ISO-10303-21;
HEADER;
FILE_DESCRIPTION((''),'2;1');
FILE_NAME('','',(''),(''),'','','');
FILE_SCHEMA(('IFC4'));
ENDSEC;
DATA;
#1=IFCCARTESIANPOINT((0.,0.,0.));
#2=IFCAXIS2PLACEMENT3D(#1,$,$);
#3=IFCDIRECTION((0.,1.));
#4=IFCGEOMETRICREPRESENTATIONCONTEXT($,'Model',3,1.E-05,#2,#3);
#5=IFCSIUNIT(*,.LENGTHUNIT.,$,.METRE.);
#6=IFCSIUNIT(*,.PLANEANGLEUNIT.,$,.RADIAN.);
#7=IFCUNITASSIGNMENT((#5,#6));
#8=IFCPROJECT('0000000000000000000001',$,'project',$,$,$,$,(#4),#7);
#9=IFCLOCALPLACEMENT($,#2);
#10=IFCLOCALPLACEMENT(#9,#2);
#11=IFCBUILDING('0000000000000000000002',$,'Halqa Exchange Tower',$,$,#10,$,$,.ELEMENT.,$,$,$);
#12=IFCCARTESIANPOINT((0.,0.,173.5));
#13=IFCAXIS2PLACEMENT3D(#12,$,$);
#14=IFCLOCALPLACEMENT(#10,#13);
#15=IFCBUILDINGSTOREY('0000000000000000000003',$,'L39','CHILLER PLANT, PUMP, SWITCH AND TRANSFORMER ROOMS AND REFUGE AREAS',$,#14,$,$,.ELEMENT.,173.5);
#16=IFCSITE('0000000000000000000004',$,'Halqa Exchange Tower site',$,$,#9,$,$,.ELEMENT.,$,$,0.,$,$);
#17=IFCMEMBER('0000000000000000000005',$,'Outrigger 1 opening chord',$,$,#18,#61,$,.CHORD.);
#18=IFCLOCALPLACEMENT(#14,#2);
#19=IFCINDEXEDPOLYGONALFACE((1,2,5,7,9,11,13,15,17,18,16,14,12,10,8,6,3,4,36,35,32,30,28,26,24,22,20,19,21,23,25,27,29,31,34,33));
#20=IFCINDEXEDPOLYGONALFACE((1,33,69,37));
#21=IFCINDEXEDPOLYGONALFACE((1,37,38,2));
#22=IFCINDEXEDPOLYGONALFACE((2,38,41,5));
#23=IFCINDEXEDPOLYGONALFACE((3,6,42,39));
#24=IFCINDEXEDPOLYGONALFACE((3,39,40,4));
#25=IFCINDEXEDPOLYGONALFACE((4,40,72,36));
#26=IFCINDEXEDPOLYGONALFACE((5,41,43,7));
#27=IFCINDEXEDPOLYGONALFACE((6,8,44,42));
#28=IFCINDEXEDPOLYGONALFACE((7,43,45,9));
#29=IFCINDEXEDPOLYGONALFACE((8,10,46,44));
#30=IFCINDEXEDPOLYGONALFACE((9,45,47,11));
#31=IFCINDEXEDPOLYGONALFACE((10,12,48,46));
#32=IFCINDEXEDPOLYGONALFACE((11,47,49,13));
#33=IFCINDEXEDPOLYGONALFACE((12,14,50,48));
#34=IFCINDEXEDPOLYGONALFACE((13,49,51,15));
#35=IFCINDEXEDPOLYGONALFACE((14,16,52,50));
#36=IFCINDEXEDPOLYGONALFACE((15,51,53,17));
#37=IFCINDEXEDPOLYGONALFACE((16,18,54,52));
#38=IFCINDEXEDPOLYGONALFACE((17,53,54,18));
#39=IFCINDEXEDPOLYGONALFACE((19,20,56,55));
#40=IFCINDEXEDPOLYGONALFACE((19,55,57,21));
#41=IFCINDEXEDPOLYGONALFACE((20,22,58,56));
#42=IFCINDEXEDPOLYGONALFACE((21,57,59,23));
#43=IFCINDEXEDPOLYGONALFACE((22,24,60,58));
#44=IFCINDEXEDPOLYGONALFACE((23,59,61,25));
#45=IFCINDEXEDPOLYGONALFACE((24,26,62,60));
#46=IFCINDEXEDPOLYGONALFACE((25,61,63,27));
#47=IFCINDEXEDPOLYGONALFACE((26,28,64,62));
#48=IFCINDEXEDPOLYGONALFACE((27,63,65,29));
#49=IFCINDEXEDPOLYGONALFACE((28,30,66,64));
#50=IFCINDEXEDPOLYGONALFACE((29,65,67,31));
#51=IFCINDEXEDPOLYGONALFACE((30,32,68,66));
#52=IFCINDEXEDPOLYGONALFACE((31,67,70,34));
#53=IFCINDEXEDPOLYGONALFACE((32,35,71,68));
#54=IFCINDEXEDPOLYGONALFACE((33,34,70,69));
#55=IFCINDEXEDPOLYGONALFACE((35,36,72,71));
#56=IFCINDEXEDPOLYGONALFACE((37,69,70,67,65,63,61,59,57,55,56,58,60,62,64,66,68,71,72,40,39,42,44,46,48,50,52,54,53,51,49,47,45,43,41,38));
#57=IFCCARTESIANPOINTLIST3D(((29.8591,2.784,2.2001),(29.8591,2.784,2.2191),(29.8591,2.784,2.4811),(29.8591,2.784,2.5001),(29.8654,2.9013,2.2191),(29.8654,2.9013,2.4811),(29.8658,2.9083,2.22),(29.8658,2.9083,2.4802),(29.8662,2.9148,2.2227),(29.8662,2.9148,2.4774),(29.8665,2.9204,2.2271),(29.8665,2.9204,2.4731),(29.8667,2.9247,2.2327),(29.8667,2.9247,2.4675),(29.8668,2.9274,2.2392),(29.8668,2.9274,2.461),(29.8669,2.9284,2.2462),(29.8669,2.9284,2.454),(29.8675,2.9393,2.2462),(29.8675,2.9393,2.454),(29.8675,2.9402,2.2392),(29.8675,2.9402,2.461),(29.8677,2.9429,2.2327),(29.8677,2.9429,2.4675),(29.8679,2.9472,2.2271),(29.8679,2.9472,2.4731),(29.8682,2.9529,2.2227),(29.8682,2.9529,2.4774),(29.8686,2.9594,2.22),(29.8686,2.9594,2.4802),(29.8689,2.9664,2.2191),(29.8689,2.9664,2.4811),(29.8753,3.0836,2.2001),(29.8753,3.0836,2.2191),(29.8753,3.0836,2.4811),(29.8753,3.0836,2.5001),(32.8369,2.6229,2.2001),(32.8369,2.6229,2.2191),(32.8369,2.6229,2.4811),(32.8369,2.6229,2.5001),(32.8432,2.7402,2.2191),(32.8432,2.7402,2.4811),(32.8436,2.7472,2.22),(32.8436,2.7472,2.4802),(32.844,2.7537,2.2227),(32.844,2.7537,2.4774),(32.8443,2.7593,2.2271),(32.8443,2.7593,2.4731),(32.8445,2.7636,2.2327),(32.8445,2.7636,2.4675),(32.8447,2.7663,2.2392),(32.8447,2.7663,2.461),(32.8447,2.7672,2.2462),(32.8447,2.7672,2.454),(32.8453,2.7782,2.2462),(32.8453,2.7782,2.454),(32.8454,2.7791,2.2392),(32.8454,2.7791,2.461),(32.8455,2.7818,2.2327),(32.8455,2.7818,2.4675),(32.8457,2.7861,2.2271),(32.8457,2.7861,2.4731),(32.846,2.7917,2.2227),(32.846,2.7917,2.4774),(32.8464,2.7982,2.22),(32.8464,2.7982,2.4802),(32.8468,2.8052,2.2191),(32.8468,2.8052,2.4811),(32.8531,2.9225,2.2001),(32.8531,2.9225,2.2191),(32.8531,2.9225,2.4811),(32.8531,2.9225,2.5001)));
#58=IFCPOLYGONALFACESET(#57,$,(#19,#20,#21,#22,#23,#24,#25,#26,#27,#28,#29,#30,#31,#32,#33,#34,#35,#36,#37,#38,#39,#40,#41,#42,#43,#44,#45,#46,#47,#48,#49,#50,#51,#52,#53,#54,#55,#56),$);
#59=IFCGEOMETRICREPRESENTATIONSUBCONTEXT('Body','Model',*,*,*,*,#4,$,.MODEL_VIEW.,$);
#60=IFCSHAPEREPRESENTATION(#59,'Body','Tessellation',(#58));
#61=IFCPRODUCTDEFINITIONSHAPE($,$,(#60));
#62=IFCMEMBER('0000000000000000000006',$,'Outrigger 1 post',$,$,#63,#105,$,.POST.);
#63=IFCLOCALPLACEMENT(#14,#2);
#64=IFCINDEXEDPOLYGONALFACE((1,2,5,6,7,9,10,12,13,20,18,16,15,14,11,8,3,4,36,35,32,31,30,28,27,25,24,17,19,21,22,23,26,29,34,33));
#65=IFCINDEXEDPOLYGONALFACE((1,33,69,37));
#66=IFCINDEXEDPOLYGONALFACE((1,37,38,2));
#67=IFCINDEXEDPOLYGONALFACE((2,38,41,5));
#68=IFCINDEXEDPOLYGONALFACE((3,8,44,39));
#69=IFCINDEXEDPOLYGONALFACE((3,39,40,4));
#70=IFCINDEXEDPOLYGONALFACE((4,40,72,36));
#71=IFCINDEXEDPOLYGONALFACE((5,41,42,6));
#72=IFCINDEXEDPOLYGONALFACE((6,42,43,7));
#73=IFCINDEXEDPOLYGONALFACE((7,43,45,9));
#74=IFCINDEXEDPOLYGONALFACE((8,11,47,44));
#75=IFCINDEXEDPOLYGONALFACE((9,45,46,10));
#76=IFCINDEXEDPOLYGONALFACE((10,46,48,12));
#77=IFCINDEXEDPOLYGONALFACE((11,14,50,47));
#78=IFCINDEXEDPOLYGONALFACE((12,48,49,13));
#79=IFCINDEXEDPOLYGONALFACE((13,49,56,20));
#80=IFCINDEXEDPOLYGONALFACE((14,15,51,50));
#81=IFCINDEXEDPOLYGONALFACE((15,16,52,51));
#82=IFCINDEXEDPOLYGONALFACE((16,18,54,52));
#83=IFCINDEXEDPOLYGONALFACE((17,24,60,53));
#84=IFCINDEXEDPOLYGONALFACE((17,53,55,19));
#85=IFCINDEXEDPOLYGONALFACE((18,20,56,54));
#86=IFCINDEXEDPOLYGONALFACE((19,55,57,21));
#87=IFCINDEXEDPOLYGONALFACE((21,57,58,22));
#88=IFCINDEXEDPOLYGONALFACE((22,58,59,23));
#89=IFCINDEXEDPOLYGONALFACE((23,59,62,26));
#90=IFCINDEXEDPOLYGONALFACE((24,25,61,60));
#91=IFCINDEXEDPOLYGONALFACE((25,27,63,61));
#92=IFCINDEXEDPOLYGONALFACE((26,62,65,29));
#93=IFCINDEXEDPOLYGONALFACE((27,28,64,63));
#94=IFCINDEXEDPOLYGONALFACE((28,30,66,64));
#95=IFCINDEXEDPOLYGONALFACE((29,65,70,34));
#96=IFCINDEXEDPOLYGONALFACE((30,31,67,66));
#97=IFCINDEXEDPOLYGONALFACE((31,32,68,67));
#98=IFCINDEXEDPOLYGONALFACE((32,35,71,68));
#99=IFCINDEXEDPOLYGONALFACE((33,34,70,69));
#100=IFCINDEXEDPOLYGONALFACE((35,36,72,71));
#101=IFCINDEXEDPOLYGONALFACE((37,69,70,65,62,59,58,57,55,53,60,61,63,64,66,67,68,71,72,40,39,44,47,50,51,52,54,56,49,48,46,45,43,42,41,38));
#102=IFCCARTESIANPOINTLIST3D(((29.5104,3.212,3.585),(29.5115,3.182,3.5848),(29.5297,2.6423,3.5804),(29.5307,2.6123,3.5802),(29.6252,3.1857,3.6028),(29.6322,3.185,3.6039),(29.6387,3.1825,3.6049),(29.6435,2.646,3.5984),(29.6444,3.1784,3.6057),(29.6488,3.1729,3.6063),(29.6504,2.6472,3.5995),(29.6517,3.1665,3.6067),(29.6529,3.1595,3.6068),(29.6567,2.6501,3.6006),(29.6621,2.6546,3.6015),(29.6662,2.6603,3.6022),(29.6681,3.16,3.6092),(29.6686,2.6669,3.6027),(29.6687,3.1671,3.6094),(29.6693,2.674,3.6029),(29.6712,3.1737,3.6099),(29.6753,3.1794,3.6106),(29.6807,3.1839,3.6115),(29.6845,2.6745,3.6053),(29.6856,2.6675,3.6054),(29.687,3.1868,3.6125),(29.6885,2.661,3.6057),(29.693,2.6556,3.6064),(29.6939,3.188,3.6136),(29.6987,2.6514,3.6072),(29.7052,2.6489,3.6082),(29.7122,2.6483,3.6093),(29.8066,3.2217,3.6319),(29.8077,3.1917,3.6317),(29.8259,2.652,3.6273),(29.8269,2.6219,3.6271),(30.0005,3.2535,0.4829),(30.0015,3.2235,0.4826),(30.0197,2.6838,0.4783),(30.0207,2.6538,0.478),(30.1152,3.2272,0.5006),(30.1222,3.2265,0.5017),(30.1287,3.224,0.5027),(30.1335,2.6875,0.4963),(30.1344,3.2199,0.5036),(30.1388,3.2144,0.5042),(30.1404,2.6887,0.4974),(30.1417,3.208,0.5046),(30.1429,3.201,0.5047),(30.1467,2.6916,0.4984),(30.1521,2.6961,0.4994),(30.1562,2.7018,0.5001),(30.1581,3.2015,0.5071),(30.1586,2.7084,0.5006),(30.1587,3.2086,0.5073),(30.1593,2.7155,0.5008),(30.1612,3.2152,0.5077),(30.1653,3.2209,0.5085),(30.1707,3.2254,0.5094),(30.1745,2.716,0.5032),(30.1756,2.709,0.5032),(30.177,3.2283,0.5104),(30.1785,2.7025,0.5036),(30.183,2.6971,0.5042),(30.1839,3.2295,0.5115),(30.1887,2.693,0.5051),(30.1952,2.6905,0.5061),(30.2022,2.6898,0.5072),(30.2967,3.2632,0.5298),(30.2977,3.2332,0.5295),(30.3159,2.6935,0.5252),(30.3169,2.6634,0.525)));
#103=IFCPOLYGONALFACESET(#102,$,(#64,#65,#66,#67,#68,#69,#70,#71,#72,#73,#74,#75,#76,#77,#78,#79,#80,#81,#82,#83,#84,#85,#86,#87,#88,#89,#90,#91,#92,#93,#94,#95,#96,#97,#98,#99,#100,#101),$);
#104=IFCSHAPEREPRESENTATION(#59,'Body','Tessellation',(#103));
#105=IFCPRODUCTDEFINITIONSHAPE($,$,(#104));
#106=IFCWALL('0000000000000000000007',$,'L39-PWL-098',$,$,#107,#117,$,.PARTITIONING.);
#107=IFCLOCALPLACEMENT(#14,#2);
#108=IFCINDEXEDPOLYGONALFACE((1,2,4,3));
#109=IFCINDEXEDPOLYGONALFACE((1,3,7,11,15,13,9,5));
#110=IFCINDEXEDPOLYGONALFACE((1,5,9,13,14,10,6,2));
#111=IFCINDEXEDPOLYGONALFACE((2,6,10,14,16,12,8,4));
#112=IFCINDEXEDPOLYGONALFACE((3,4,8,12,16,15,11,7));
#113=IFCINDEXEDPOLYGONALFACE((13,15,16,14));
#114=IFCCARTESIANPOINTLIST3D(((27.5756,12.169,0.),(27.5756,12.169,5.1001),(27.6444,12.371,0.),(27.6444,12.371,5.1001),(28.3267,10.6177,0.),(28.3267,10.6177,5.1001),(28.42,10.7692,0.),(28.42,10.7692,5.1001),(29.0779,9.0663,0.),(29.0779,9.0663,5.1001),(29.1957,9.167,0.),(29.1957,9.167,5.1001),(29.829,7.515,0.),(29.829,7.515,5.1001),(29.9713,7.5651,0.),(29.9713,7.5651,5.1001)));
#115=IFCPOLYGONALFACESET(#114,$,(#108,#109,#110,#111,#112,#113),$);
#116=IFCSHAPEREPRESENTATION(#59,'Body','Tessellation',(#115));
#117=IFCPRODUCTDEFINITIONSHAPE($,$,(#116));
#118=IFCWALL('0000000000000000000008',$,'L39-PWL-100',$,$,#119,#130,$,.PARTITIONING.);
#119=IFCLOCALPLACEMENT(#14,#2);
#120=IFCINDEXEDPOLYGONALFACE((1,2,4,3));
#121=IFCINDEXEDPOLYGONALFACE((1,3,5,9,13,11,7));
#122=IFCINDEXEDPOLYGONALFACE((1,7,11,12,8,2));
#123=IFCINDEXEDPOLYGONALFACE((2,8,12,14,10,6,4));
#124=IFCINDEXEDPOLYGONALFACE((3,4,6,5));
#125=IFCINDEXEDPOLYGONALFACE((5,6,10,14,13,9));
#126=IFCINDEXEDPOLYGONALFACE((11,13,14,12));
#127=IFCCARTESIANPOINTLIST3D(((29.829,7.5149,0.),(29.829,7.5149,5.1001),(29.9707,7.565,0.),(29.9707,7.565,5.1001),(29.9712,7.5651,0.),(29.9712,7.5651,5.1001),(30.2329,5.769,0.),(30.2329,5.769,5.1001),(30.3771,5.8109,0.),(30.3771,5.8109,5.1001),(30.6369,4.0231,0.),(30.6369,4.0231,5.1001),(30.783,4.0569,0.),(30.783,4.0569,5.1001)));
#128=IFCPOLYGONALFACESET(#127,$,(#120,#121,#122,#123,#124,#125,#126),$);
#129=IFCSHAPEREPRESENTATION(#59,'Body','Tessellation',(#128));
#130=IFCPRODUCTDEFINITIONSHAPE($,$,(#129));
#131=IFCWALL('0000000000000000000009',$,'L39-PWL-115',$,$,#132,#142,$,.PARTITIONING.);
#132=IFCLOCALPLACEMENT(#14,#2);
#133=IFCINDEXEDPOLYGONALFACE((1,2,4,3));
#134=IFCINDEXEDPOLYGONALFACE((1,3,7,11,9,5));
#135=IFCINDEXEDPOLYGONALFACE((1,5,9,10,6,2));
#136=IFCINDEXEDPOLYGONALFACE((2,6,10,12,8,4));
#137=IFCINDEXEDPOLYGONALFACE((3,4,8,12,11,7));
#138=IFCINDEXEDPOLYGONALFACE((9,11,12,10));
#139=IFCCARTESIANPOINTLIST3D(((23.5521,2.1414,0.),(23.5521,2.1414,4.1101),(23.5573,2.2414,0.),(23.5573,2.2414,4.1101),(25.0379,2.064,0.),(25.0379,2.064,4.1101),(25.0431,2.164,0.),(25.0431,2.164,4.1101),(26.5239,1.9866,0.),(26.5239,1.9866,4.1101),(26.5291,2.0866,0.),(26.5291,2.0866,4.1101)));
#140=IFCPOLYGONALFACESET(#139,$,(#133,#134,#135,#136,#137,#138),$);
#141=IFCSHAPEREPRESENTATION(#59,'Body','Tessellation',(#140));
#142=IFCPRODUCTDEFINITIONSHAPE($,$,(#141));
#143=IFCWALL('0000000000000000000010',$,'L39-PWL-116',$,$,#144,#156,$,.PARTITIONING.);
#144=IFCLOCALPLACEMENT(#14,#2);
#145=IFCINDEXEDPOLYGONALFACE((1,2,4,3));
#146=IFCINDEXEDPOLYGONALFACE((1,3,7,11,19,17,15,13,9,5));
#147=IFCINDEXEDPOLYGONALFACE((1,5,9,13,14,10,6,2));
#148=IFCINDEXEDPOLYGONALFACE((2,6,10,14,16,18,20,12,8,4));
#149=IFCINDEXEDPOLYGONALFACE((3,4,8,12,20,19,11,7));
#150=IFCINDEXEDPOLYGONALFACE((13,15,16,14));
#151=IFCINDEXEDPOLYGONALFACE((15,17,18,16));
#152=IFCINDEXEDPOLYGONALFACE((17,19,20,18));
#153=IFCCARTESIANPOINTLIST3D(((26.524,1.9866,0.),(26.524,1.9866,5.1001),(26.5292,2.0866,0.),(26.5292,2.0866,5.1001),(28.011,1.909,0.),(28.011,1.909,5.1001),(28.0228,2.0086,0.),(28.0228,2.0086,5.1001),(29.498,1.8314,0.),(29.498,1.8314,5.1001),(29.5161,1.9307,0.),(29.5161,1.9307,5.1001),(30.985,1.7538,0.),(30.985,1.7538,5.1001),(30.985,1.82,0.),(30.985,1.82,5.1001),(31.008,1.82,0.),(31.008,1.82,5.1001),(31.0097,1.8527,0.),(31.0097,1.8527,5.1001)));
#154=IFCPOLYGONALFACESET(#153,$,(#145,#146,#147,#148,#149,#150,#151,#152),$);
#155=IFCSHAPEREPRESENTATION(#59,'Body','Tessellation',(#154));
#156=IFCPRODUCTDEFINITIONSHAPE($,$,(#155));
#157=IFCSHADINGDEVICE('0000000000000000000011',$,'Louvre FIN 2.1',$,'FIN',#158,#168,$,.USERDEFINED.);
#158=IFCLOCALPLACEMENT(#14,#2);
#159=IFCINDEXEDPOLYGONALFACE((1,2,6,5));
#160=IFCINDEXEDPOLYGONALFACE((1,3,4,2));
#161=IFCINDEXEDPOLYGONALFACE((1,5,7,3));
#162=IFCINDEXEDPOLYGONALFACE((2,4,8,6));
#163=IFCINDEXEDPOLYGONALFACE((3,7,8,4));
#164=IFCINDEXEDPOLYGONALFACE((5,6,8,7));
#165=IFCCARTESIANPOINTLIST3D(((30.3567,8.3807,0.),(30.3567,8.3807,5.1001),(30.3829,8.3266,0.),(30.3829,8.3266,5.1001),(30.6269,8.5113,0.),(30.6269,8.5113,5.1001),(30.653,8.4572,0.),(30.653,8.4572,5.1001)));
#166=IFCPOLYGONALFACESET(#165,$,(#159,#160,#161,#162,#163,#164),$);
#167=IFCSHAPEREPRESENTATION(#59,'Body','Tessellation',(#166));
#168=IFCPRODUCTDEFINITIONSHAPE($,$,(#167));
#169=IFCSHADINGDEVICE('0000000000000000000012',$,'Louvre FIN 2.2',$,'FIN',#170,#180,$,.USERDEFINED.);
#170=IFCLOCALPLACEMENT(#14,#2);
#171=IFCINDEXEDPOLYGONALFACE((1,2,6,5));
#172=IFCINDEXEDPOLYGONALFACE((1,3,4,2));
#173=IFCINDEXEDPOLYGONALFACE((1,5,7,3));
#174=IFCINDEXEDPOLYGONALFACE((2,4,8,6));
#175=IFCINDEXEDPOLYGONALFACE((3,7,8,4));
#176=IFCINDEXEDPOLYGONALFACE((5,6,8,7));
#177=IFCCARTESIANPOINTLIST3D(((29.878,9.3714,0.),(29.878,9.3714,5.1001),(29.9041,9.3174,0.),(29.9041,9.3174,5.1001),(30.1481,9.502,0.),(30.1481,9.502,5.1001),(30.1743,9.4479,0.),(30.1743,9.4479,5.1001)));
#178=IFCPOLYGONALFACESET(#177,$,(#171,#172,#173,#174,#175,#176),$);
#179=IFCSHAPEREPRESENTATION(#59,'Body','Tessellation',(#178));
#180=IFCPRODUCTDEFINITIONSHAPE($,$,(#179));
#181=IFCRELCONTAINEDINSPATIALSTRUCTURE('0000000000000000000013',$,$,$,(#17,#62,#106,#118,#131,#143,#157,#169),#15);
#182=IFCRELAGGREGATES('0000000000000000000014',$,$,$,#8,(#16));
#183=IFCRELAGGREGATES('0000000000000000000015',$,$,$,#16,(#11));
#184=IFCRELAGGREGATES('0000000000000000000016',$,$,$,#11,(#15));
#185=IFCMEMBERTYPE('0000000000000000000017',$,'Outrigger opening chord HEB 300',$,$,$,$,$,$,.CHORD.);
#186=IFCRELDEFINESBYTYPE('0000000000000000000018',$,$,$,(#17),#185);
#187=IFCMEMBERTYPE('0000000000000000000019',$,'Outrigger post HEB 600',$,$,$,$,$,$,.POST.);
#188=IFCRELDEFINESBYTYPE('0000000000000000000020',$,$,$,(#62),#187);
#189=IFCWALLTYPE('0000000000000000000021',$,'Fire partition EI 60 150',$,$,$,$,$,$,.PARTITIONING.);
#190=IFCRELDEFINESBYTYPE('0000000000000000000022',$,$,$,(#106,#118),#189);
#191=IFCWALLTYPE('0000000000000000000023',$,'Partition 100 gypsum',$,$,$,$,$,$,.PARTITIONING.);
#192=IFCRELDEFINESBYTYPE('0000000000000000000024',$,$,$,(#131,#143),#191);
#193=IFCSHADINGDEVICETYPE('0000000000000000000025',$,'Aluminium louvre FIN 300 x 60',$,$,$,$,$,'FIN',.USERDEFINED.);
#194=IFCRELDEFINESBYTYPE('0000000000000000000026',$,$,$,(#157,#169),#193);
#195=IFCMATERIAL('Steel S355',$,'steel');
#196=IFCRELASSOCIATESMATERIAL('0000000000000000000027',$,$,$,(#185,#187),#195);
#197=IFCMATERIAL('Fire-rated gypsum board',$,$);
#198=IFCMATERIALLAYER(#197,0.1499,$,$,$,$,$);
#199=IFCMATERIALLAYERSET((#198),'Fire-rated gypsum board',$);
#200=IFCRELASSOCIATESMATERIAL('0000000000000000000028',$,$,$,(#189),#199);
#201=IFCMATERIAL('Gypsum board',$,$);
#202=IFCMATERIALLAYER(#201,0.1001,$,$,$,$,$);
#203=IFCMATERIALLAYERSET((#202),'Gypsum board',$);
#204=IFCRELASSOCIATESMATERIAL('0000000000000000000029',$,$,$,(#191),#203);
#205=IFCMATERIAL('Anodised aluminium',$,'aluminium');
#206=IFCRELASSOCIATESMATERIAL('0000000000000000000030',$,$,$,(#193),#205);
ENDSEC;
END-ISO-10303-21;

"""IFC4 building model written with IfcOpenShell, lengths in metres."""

from ifc_helpers import new_model, si_unit, direction, frame, origin, origin_2d, place, context, subcontext, project, spatial, polyline, rectangle, i_section, outline, extrude, material, layer, layer_set, material_profile, profile_set, type_object, element, save


model = new_model("IFC4")

# Units and contexts
model_context = context("Model", 3, precision=1e-05, world=origin(), true_north=direction((0.0, 1.0)))
body_context = subcontext(model_context, "Body", "Model", "MODEL_VIEW")
ifc_project = project(units=[si_unit("LENGTHUNIT", "METRE"), si_unit("PLANEANGLEUNIT", "RADIAN")], contexts=[model_context])

# Site, building, storey
site_placement = place(None, origin())
site = spatial("IfcSite", under=ifc_project, at=site_placement, Name="Halqa Exchange Tower site", CompositionType="ELEMENT", RefElevation=0.0)
building_placement = place(site_placement, origin())
building = spatial("IfcBuilding", under=site, at=building_placement, Name="Halqa Exchange Tower", CompositionType="ELEMENT")
storey_placement = place(building_placement, frame((0.0, 0.0, 173.5)))
storey = spatial("IfcBuildingStorey", under=building, at=storey_placement, Name="L39", Description="CHILLER PLANT, PUMP, SWITCH AND TRANSFORMER ROOMS AND REFUGE AREAS", CompositionType="ELEMENT", Elevation=173.5)

# Members
ifc_material_1 = material(Name="Steel S355", Category="steel")
ifc_material_profile_1 = material_profile(ifc_material_1, i_section(OverallWidth=0.3, OverallDepth=0.3, WebThickness=0.011, FlangeThickness=0.019, FilletRadius=0.0271, at=origin_2d()), Name="HEB 300")
ifc_profile_set_1 = profile_set([ifc_material_profile_1], Name="Steel S355")
member_type_1 = type_object("IfcMemberType", Name="Outrigger opening chord HEB 300", PredefinedType="CHORD", material=ifc_profile_set_1)
member_1_placement = place(storey_placement, frame((29.8672, 2.9338, 2.3501), z_axis=(0.998539, -0.054033, 0.0), x_axis=(0.054033, 0.998539, 0.0)))
element("IfcMember", 1, at=member_1_placement, inside=storey, type_object=member_type_1, Name="Outrigger 1 opening chord", PredefinedType="CHORD", context=body_context, shape_type="SweptSolid", body=[
    extrude(i_section(OverallWidth=0.3, OverallDepth=0.3, WebThickness=0.011, FlangeThickness=0.019, FilletRadius=0.0271, at=origin_2d()), origin(), (0.0, 0.0, 1.0), 2.9822),
])
ifc_material_profile_2 = material_profile(ifc_material_1, i_section(OverallWidth=0.3, OverallDepth=0.6001, WebThickness=0.0154, FlangeThickness=0.03, FilletRadius=0.0271, at=origin_2d()), Name="HEB 600")
ifc_profile_set_2 = profile_set([ifc_material_profile_2], Name="Steel S355")
member_type_2 = type_object("IfcMemberType", Name="Outrigger post HEB 600", PredefinedType="POST", material=ifc_profile_set_2)
member_2_placement = place(storey_placement, frame((30.1587, 2.9585, 0.5039), z_axis=(-0.156009, -0.013214, 0.987667), x_axis=(0.987177, 0.032126, 0.156361)))
element("IfcMember", 2, at=member_2_placement, inside=storey, type_object=member_type_2, Name="Outrigger 1 post", PredefinedType="POST", context=body_context, shape_type="SweptSolid", body=[
    extrude(i_section(OverallWidth=0.3, OverallDepth=0.6001, WebThickness=0.0154, FlangeThickness=0.03, FilletRadius=0.0271, at=origin_2d()), origin(), (0.0, 0.0, 1.0), 3.1409),
])

# Shared definitions
ifc_material_2 = material(Name="Fire-rated gypsum board")
ifc_layer_1 = layer(ifc_material_2, 0.1499)
ifc_layer_set_1 = layer_set([ifc_layer_1], Name="Fire-rated gypsum board")
wall_type_1 = type_object("IfcWallType", Name="Fire partition EI 60 150", PredefinedType="PARTITIONING", material=ifc_layer_set_1)

# Walls
wall_1_placement = place(storey_placement, frame((29.9038, 7.5325, 0.0), z_axis=(0.0, 0.0, 1.0), x_axis=(-0.435783, 0.900052, 0.0)))
element("IfcWall", 3, at=wall_1_placement, inside=storey, type_object=wall_type_1, Name="L39-PWL-098", PredefinedType="PARTITIONING", context=body_context, shape_type="SweptSolid", body=[
    extrude(outline(polyline([(5.3396, -0.075), (5.3396, -0.075), (5.1877, 0.075), (3.4641, 0.075), (1.7405, 0.075), (0.0168, 0.075), (0.0, -0.075), (1.7798, -0.075), (3.5598, -0.075), (5.3396, -0.075)])), origin(), (0.0, 0.0, 1.0), 5.1001),
])
wall_2_placement = place(storey_placement, frame((30.71, 4.04, 0.0), z_axis=(0.0, 0.0, 1.0), x_axis=(-0.225444, 0.974256, 0.0)))
element("IfcWall", 4, at=wall_2_placement, inside=storey, type_object=wall_type_1, Name="L39-PWL-100", PredefinedType="PARTITIONING", context=body_context, shape_type="SweptSolid", body=[
    extrude(outline(polyline([(3.6008, -0.075), (3.6008, -0.0745), (3.584, 0.075), (1.792, 0.075), (0.0, 0.075), (0.0, -0.075), (1.8003, -0.075), (3.6008, -0.075)])), origin(), (0.0, 0.0, 1.0), 5.1001),
])
ifc_material_3 = material(Name="Gypsum board")
ifc_layer_2 = layer(ifc_material_3, 0.1001)
ifc_layer_set_2 = layer_set([ifc_layer_2], Name="Gypsum board")
wall_type_2 = type_object("IfcWallType", Name="Partition 100 gypsum", PredefinedType="PARTITIONING", material=ifc_layer_set_2)
wall_3_placement = place(storey_placement, frame((23.5547, 2.1914, 0.0), z_axis=(0.0, 0.0, 1.0), x_axis=(0.998646, -0.052012, 0.0)))
element("IfcWall", 5, at=wall_3_placement, inside=storey, type_object=wall_type_2, Name="L39-PWL-115", PredefinedType="PARTITIONING", context=body_context, shape_type="SweptSolid", body=[
    extrude(outline(polyline([(0.0, 0.05), (0.0, -0.05), (1.4878, -0.05), (2.9758, -0.05), (2.9758, 0.05), (1.4878, 0.05), (0.0, 0.05)])), origin(), (0.0, 0.0, 1.0), 4.1101),
])
wall_4_placement = place(storey_placement, frame((26.5266, 2.0366, 0.0), z_axis=(0.0, 0.0, 1.0), x_axis=(0.99864, -0.05213, 0.0)))
element("IfcWall", 6, at=wall_4_placement, inside=storey, type_object=wall_type_2, Name="L39-PWL-116", PredefinedType="PARTITIONING", context=body_context, shape_type="SweptSolid", body=[
    extrude(outline(polyline([(0.0, -0.05), (1.489, -0.05), (2.978, -0.05), (4.467, -0.05), (4.4636, 0.0161), (4.4866, 0.0173), (4.4866, 0.05), (2.991, 0.05), (1.4956, 0.05), (0.0, 0.05), (0.0, -0.05)])), origin(), (0.0, 0.0, 1.0), 5.1001),
])

# Shading devices
ifc_material_4 = material(Name="Anodised aluminium", Category="aluminium")
ifc_material_profile_3 = material_profile(ifc_material_4, rectangle(XDim=0.3, YDim=0.0601, at=origin_2d()), Name="AL FIN 300x60")
ifc_profile_set_3 = profile_set([ifc_material_profile_3], Name="Anodised aluminium")
shading_device_type = type_object("IfcShadingDeviceType", Name="Aluminium louvre FIN 300 x 60", ElementType="FIN", PredefinedType="USERDEFINED", material=ifc_profile_set_3)
for number, where, z_axis, x_axis, name in (
    (7, (30.5049, 8.4189, 0.0), (0.0, 0.0, 1.0), (-0.900378, -0.435109, 0.0), "Louvre FIN 2.1"),
    (8, (30.0261, 9.4097, 0.0), (0.0, 0.0, 1.0), (-0.900378, -0.435109, 0.0), "Louvre FIN 2.2"),
):
    element("IfcShadingDevice", number, at=place(storey_placement, frame(where, z_axis=z_axis, x_axis=x_axis)), inside=storey, type_object=shading_device_type, Name=name, ObjectType="FIN", PredefinedType="USERDEFINED", context=body_context, shape_type="SweptSolid", body=[
        extrude(rectangle(XDim=0.3, YDim=0.0601, at=origin_2d()), origin(), (0.0, 0.0, 1.0), 5.1001),
    ])

save(model, "model.ifc")
